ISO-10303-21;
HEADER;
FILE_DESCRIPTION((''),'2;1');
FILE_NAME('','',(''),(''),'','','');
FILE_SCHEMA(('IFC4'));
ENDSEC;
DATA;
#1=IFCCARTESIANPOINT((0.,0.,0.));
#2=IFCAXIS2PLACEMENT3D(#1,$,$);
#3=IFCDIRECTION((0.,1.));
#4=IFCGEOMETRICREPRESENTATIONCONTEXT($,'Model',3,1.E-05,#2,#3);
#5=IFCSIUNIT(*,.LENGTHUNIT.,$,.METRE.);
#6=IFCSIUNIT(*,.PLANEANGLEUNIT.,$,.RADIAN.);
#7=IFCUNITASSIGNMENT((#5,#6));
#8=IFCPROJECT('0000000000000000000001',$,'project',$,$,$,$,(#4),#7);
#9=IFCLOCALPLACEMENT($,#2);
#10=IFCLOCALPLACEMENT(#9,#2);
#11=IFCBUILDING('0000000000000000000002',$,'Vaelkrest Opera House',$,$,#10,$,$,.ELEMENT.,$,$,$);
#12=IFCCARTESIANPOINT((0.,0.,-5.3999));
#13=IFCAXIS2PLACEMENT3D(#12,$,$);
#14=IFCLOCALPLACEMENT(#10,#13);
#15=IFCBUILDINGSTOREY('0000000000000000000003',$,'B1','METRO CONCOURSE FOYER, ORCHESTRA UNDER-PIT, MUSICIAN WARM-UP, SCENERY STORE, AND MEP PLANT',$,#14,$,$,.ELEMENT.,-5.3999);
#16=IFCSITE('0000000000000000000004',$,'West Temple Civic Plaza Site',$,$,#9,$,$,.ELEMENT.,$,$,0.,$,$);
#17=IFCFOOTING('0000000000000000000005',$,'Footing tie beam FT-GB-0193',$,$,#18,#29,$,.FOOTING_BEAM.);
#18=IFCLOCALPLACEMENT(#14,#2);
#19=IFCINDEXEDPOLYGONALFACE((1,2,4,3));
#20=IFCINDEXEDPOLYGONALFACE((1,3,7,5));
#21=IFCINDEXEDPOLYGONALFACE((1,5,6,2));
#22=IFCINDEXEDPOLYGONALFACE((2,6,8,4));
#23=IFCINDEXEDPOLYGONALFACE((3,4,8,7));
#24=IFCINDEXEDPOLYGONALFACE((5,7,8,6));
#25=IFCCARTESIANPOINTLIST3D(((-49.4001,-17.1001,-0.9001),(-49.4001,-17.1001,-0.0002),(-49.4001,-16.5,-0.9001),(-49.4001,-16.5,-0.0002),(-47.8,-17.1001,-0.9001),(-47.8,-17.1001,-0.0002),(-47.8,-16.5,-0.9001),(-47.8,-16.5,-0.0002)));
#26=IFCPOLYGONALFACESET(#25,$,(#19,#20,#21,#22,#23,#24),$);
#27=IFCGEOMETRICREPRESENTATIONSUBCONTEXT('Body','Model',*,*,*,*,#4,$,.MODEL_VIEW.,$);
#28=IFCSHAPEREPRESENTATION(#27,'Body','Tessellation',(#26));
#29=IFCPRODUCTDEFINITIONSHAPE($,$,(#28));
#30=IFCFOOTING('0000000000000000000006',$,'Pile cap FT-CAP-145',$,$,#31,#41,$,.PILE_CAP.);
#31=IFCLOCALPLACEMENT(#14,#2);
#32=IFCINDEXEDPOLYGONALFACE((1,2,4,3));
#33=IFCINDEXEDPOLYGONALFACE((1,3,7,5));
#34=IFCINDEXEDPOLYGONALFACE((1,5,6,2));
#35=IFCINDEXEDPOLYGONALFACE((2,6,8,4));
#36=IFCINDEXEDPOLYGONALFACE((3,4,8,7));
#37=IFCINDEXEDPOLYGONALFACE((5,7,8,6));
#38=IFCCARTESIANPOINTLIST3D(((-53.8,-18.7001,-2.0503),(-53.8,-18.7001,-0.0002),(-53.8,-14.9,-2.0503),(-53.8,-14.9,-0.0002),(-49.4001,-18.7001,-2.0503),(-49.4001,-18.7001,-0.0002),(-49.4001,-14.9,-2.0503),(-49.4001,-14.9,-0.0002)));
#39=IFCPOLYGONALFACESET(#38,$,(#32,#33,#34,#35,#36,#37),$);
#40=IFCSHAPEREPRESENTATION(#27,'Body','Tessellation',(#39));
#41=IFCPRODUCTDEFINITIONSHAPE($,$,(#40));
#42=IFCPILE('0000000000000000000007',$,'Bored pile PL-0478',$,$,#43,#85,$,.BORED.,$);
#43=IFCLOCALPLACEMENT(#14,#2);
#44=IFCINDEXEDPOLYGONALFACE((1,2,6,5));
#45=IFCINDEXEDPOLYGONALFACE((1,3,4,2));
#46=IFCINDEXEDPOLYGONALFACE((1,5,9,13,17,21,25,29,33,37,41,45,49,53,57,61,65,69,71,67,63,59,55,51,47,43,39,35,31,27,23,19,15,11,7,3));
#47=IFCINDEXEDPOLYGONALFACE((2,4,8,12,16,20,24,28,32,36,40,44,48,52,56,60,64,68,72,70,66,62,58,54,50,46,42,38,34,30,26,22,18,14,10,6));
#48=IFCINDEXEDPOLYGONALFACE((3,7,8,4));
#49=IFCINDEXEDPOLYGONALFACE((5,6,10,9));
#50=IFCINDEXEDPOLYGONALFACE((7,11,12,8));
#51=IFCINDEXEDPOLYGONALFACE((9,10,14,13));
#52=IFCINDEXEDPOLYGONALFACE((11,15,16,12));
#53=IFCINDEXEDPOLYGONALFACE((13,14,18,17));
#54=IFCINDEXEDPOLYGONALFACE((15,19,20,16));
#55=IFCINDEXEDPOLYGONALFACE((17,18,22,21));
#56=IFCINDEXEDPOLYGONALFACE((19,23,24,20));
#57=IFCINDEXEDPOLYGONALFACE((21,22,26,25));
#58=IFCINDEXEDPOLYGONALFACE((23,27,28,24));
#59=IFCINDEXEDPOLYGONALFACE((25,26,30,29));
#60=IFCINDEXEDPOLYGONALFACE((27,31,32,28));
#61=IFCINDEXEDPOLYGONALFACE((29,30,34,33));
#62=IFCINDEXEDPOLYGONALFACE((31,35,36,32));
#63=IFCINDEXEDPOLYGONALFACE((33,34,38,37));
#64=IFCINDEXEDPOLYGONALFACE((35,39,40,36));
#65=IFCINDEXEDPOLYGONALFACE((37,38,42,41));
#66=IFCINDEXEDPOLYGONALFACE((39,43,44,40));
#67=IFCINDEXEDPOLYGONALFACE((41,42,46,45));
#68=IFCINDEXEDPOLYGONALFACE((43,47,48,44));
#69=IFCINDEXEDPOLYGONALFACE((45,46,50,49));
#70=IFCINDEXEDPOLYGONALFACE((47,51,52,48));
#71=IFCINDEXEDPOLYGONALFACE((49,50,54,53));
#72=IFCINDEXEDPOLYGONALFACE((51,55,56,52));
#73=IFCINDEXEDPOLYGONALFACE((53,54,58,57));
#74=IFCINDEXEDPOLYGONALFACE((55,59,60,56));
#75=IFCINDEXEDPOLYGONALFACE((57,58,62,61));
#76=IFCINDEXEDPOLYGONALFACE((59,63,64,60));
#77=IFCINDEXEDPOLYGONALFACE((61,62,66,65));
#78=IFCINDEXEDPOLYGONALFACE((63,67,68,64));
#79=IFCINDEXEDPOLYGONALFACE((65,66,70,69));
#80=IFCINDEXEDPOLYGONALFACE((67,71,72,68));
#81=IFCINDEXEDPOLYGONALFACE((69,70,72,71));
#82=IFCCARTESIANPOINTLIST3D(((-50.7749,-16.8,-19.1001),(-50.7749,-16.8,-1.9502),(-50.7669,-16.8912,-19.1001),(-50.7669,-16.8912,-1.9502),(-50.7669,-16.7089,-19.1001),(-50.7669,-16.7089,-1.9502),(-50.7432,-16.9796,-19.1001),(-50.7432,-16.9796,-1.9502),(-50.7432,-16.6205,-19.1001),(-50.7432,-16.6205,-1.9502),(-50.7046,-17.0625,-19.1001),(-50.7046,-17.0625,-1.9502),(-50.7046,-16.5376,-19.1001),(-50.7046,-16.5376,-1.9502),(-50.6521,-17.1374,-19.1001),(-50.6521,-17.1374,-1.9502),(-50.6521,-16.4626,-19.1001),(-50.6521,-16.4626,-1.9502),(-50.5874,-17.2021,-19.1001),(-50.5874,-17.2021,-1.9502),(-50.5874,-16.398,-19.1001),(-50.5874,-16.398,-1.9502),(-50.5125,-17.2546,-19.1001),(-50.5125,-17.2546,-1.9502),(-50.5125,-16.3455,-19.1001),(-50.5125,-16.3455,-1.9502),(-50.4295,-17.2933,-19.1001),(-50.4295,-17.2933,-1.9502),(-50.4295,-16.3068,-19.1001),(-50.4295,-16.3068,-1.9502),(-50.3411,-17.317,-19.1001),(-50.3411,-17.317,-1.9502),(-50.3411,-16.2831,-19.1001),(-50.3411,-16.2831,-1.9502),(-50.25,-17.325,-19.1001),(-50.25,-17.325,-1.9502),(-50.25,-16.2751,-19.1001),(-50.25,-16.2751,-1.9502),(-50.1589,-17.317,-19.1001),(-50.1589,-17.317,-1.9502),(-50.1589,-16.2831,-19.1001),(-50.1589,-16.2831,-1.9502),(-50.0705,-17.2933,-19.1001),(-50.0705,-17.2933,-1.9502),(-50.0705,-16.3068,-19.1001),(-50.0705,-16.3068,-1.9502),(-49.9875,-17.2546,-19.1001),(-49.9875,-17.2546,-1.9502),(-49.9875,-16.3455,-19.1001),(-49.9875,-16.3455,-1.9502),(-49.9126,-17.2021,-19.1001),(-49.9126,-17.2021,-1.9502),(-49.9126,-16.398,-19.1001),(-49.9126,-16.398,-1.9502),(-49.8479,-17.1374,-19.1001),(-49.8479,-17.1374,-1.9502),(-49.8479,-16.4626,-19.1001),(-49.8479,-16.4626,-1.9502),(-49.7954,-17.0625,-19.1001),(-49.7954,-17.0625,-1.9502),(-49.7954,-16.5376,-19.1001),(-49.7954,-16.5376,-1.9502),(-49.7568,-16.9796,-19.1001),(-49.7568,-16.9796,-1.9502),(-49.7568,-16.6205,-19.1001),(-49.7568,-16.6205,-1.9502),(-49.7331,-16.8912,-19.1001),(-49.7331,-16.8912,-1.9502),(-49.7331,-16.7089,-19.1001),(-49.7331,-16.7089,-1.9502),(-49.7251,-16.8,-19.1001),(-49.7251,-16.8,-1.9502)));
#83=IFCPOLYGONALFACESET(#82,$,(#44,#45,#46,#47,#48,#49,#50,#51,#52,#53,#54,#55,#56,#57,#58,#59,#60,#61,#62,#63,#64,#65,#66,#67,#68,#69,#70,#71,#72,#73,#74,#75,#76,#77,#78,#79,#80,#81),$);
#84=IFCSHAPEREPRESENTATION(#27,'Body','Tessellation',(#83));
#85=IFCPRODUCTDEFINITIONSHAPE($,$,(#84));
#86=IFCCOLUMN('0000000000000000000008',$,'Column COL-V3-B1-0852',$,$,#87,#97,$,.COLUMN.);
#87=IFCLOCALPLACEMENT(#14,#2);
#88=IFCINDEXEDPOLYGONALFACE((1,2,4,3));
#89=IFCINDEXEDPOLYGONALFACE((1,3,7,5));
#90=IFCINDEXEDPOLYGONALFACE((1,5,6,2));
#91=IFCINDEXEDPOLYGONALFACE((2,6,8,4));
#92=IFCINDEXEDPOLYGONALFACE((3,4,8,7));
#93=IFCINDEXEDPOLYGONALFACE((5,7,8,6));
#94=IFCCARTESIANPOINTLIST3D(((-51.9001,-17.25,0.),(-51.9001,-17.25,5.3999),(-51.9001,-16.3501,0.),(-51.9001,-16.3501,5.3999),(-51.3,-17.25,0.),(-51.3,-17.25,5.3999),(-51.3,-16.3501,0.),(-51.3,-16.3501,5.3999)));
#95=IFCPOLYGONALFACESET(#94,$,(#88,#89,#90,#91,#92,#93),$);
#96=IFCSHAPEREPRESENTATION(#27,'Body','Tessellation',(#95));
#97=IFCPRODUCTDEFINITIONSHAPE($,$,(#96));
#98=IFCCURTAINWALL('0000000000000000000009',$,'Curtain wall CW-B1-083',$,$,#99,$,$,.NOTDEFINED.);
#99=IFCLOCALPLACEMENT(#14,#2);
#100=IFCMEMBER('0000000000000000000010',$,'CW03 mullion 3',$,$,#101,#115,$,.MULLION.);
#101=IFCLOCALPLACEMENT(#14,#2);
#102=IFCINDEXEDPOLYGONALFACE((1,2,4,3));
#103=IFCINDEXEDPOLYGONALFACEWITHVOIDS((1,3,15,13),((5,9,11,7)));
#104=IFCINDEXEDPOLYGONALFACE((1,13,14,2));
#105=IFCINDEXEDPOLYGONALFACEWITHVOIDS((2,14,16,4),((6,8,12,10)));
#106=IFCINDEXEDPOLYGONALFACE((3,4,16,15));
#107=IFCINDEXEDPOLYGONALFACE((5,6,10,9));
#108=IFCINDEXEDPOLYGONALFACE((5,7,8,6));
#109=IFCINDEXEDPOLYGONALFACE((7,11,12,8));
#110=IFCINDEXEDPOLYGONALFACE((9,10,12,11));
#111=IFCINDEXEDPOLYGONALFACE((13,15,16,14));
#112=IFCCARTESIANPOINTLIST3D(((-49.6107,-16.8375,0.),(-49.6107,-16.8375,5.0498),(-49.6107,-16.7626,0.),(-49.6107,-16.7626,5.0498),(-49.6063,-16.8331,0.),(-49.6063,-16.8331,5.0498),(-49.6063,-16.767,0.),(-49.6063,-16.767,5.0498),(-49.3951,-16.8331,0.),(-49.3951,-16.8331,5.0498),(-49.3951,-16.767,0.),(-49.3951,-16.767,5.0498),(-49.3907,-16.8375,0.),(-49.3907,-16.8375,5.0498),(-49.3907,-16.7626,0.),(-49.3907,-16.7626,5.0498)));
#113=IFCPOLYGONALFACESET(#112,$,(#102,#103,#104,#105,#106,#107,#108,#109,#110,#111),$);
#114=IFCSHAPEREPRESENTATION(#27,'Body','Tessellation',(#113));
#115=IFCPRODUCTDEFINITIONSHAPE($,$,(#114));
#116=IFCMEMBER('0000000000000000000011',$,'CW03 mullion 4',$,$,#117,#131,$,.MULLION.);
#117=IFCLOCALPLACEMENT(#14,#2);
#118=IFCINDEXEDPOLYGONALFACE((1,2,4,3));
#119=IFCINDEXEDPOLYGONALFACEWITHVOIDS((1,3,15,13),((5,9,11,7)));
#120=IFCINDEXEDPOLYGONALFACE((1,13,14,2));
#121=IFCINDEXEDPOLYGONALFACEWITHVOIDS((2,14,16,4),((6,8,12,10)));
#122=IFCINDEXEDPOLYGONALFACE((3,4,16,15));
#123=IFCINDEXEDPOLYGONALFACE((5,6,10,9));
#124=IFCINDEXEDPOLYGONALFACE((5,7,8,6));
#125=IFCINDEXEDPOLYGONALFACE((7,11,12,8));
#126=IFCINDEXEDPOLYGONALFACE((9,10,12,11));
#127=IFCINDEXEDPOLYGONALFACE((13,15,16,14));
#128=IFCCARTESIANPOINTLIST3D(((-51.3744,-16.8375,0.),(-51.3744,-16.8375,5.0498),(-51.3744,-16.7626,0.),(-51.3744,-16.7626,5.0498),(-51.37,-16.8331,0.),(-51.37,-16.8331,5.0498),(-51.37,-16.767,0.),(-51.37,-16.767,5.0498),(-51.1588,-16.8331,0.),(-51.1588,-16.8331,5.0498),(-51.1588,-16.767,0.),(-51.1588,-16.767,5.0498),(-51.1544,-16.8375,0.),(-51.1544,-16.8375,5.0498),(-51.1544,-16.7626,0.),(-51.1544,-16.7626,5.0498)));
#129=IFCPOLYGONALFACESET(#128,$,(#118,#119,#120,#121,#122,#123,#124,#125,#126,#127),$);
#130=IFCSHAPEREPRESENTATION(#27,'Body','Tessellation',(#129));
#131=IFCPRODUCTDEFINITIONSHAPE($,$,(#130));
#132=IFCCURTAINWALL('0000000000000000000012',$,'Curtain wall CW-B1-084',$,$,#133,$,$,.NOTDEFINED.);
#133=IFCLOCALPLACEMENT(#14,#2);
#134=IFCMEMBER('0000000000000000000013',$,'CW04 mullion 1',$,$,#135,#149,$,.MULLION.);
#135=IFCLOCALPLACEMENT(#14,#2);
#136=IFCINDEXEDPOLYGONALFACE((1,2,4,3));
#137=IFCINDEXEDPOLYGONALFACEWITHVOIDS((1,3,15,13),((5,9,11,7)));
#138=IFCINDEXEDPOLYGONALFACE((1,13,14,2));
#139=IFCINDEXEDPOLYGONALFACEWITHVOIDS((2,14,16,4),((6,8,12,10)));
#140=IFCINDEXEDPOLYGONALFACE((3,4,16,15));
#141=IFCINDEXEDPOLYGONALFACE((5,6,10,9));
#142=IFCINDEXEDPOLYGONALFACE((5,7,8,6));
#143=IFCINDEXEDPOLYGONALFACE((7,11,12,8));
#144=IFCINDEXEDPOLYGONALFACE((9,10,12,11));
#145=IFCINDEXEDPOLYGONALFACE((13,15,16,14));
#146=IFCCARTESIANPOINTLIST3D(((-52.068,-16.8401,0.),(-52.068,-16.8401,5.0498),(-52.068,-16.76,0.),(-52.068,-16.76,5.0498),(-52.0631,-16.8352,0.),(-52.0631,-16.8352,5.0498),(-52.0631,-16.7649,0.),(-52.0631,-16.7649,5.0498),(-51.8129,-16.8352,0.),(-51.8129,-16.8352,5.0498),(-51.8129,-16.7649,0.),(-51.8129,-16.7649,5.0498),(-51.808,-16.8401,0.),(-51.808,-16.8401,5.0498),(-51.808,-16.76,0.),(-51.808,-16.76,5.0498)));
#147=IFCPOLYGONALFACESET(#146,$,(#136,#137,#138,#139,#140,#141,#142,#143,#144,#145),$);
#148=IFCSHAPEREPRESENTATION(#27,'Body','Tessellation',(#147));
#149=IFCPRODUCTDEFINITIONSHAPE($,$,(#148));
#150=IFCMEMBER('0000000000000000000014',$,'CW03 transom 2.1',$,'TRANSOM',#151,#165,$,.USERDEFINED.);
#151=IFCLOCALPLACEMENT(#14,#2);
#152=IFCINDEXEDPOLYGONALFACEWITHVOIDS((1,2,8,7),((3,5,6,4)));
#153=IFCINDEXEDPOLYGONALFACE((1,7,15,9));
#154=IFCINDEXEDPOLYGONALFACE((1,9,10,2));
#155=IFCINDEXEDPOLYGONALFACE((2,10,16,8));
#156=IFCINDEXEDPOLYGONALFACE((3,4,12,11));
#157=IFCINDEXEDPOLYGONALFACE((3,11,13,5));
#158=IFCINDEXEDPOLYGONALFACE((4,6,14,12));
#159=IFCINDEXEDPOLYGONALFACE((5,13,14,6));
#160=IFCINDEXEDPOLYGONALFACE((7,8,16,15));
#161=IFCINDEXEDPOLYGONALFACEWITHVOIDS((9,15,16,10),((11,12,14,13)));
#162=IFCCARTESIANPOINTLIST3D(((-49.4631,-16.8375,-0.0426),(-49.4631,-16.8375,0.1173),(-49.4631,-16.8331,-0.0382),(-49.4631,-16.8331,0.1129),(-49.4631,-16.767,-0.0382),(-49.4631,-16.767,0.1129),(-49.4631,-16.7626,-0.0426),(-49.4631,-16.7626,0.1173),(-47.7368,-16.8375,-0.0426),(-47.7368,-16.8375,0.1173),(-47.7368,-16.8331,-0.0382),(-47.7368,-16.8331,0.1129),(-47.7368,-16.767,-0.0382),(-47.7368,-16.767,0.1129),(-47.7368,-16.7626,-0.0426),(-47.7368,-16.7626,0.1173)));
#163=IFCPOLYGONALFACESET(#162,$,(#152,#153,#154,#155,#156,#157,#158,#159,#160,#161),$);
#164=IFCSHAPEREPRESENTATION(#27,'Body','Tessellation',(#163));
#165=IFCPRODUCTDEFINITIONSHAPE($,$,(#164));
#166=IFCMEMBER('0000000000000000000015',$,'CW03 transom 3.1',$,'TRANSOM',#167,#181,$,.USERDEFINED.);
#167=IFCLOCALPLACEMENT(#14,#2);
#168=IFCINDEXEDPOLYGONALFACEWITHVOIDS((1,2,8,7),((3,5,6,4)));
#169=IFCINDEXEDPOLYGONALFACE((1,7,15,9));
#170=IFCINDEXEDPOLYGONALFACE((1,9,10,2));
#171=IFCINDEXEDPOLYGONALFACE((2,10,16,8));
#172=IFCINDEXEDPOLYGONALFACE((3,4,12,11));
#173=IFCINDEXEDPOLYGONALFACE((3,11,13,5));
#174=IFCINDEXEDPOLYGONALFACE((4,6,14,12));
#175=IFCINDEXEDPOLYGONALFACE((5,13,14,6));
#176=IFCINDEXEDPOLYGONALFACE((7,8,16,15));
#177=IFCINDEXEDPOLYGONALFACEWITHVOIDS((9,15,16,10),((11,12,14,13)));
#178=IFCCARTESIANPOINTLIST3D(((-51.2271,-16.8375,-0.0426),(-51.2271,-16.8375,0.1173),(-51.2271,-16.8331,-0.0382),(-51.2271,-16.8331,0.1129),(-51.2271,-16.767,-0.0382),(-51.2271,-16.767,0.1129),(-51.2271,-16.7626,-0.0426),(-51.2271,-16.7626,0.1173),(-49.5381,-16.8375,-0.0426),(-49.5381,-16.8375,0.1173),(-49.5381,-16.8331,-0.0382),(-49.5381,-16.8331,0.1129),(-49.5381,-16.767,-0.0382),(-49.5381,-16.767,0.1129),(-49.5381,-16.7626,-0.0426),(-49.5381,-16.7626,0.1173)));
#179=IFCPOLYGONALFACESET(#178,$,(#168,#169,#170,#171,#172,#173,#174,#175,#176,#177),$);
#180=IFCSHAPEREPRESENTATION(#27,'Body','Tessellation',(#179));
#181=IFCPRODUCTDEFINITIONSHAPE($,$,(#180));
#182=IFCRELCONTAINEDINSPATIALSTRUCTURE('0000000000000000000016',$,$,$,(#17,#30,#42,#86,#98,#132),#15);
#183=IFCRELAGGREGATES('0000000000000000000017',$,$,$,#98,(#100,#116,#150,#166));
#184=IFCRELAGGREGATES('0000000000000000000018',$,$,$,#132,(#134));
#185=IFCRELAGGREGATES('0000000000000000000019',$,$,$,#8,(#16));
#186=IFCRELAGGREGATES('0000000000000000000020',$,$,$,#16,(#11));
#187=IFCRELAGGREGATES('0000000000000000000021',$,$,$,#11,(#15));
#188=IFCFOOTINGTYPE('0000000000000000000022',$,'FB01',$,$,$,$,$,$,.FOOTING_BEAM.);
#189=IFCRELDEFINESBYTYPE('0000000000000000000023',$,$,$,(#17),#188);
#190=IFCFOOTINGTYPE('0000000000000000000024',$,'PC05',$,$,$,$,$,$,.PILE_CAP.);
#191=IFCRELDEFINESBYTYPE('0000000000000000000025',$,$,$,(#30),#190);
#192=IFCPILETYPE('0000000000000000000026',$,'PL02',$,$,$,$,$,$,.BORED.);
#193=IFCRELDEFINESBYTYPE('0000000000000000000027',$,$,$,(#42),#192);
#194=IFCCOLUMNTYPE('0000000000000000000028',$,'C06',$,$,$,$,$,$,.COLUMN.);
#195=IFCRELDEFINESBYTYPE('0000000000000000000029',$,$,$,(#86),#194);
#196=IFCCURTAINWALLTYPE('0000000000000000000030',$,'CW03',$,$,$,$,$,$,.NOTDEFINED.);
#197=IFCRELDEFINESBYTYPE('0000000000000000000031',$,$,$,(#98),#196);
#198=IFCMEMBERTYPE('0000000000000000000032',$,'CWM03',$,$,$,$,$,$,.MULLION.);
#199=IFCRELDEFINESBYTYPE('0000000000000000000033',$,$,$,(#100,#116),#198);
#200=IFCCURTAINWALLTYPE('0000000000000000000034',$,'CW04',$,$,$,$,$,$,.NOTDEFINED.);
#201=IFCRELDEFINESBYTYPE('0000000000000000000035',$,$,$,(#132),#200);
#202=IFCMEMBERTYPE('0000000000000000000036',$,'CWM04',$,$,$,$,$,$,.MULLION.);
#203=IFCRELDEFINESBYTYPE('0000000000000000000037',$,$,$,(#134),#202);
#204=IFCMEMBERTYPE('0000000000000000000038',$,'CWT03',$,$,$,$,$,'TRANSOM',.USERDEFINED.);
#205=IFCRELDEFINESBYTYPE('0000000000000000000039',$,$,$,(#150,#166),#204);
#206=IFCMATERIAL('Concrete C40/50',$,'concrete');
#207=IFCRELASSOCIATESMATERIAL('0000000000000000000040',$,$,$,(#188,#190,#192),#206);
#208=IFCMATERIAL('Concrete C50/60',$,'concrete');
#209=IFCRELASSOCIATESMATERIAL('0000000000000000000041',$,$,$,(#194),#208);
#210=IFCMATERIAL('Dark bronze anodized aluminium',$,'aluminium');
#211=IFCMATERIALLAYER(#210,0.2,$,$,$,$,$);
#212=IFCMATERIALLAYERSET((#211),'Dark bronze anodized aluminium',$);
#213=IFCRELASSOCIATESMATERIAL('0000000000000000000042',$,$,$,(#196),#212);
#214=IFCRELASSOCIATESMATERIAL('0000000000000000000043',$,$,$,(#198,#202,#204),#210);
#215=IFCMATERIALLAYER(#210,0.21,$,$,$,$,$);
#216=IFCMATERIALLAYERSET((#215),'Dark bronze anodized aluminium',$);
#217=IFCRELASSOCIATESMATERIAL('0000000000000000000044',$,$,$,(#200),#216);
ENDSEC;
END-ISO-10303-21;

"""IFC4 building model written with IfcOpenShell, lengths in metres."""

from ifc_helpers import new_model, si_unit, direction, frame, origin, origin_2d, place, context, subcontext, project, spatial, rectangle, hollow_rectangle, circle, extrude, material, layer, layer_set, material_profile, profile_set, type_object, element, aggregate, save


model = new_model("IFC4")

# Units and contexts
model_context = context("Model", 3, precision=1e-05, world=origin(), true_north=direction((0.0, 1.0)))
body_context = subcontext(model_context, "Body", "Model", "MODEL_VIEW")
ifc_project = project(units=[si_unit("LENGTHUNIT", "METRE"), si_unit("PLANEANGLEUNIT", "RADIAN")], contexts=[model_context])

# Site, building, storey
site_placement = place(None, origin())
site = spatial("IfcSite", under=ifc_project, at=site_placement, Name="West Temple Civic Plaza Site", CompositionType="ELEMENT", RefElevation=0.0)
building_placement = place(site_placement, origin())
building = spatial("IfcBuilding", under=site, at=building_placement, Name="Vaelkrest Opera House", CompositionType="ELEMENT")
storey_placement = place(building_placement, frame((0.0, 0.0, -5.3999)))
storey = spatial("IfcBuildingStorey", under=building, at=storey_placement, Name="B1", Description="METRO CONCOURSE FOYER, ORCHESTRA UNDER-PIT, MUSICIAN WARM-UP, SCENERY STORE, AND MEP PLANT", CompositionType="ELEMENT", Elevation=-5.3999)

# Footings
ifc_material_1 = material(Name="Concrete C40/50", Category="concrete")
footing_type_1 = type_object("IfcFootingType", Name="FB01", PredefinedType="FOOTING_BEAM", material=ifc_material_1)
footing_1_placement = place(storey_placement, frame((-48.6001, -16.8, -0.9001), z_axis=(0.0, 0.0, 1.0), x_axis=(1.0, 0.0, 0.0)))
element("IfcFooting", 1, at=footing_1_placement, inside=storey, type_object=footing_type_1, Name="Footing tie beam FT-GB-0193", PredefinedType="FOOTING_BEAM", context=body_context, shape_type="SweptSolid", body=[
    extrude(rectangle(XDim=1.6001, YDim=0.6001, at=origin_2d()), origin(), (0.0, 0.0, 1.0), 0.8999),
])
footing_type_2 = type_object("IfcFootingType", Name="PC05", PredefinedType="PILE_CAP", material=ifc_material_1)
footing_2_placement = place(storey_placement, frame((-51.6001, -16.8, -2.0503), z_axis=(0.0, 0.0, 1.0), x_axis=(1.0, 0.0, 0.0)))
element("IfcFooting", 2, at=footing_2_placement, inside=storey, type_object=footing_type_2, Name="Pile cap FT-CAP-145", PredefinedType="PILE_CAP", context=body_context, shape_type="SweptSolid", body=[
    extrude(rectangle(XDim=4.3999, YDim=3.8, at=origin_2d()), origin(), (0.0, 0.0, 1.0), 2.05),
])

# Pile
ifc_material_profile_1 = material_profile(ifc_material_1, circle(Radius=0.5249, at=origin_2d()), Name="PILE1050")
ifc_profile_set_1 = profile_set([ifc_material_profile_1], Name="Concrete C40/50")
pile_type = type_object("IfcPileType", Name="PL02", PredefinedType="BORED", material=ifc_profile_set_1)
pile_placement = place(storey_placement, frame((-50.25, -16.8, -1.9502), z_axis=(0.0, 0.0, -1.0), x_axis=(1.0, 0.0, 0.0)))
element("IfcPile", 3, at=pile_placement, inside=storey, type_object=pile_type, Name="Bored pile PL-0478", PredefinedType="BORED", context=body_context, shape_type="SweptSolid", body=[
    extrude(circle(Radius=0.5249, at=origin_2d()), origin(), (0.0, 0.0, 1.0), 17.1499),
])

# Column
ifc_material_2 = material(Name="Concrete C50/60", Category="concrete")
ifc_material_profile_2 = material_profile(ifc_material_2, rectangle(XDim=0.6001, YDim=0.8999, at=origin_2d()), Name="RC600X900")
ifc_profile_set_2 = profile_set([ifc_material_profile_2], Name="Concrete C50/60")
column_type = type_object("IfcColumnType", Name="C06", PredefinedType="COLUMN", material=ifc_profile_set_2)
column_placement = place(storey_placement, frame((-51.6001, -16.8, 0.0), z_axis=(0.0, 0.0, 1.0), x_axis=(1.0, 0.0, 0.0)))
element("IfcColumn", 4, at=column_placement, inside=storey, type_object=column_type, Name="Column COL-V3-B1-0852", PredefinedType="COLUMN", context=body_context, shape_type="SweptSolid", body=[
    extrude(rectangle(XDim=0.6001, YDim=0.8999, at=origin_2d()), origin(), (0.0, 0.0, 1.0), 5.3999),
])

# Curtain wall, members
ifc_material_3 = material(Name="Dark bronze anodized aluminium", Category="aluminium")
ifc_layer_1 = layer(ifc_material_3, 0.2)
ifc_layer_set_1 = layer_set([ifc_layer_1], Name="Dark bronze anodized aluminium")
curtain_wall_type_1 = type_object("IfcCurtainWallType", Name="CW03", PredefinedType="NOTDEFINED", material=ifc_layer_set_1)
curtain_wall_1_placement = place(storey_placement, origin())
curtain_wall_1 = element("IfcCurtainWall", 5, at=curtain_wall_1_placement, inside=storey, type_object=curtain_wall_type_1, Name="Curtain wall CW-B1-083", PredefinedType="NOTDEFINED")
ifc_material_profile_3 = material_profile(ifc_material_3, hollow_rectangle(XDim=0.075, YDim=0.22, WallThickness=0.0044, at=origin_2d()), Name="CWM75X220")
ifc_profile_set_3 = profile_set([ifc_material_profile_3], Name="Dark bronze anodized aluminium")
member_type_1 = type_object("IfcMemberType", Name="CWM03", PredefinedType="MULLION", material=ifc_profile_set_3)
member_1_placement = place(storey_placement, frame((-49.5007, -16.8, 0.0), z_axis=(0.0, 0.0, 1.0), x_axis=(0.0, -1.0, 0.0)))
member_1 = element("IfcMember", 6, at=member_1_placement, type_object=member_type_1, Name="CW03 mullion 3", PredefinedType="MULLION", context=body_context, shape_type="SweptSolid", body=[
    extrude(hollow_rectangle(XDim=0.075, YDim=0.22, WallThickness=0.0044, at=origin_2d()), origin(), (0.0, 0.0, 1.0), 5.0498),
])
member_2_placement = place(storey_placement, frame((-51.2644, -16.8, 0.0), z_axis=(0.0, 0.0, 1.0), x_axis=(0.0, -1.0, 0.0)))
member_2 = element("IfcMember", 7, at=member_2_placement, type_object=member_type_1, Name="CW03 mullion 4", PredefinedType="MULLION", context=body_context, shape_type="SweptSolid", body=[
    extrude(hollow_rectangle(XDim=0.075, YDim=0.22, WallThickness=0.0044, at=origin_2d()), origin(), (0.0, 0.0, 1.0), 5.0498),
])

# Curtain wall, member
ifc_layer_2 = layer(ifc_material_3, 0.21)
ifc_layer_set_2 = layer_set([ifc_layer_2], Name="Dark bronze anodized aluminium")
curtain_wall_type_2 = type_object("IfcCurtainWallType", Name="CW04", PredefinedType="NOTDEFINED", material=ifc_layer_set_2)
curtain_wall_2_placement = place(storey_placement, origin())
curtain_wall_2 = element("IfcCurtainWall", 8, at=curtain_wall_2_placement, inside=storey, type_object=curtain_wall_type_2, Name="Curtain wall CW-B1-084", PredefinedType="NOTDEFINED")
ifc_material_profile_4 = material_profile(ifc_material_3, hollow_rectangle(XDim=0.0801, YDim=0.26, WallThickness=0.0049, at=origin_2d()), Name="CWM80X260")
ifc_profile_set_4 = profile_set([ifc_material_profile_4], Name="Dark bronze anodized aluminium")
member_type_2 = type_object("IfcMemberType", Name="CWM04", PredefinedType="MULLION", material=ifc_profile_set_4)
member_3_placement = place(storey_placement, frame((-51.938, -16.8, 0.0), z_axis=(0.0, 0.0, 1.0), x_axis=(0.0, -1.0, 0.0)))
member_3 = element("IfcMember", 9, at=member_3_placement, type_object=member_type_2, Name="CW04 mullion 1", PredefinedType="MULLION", context=body_context, shape_type="SweptSolid", body=[
    extrude(hollow_rectangle(XDim=0.0801, YDim=0.26, WallThickness=0.0049, at=origin_2d()), origin(), (0.0, 0.0, 1.0), 5.0498),
])

# Members
ifc_material_profile_5 = material_profile(ifc_material_3, hollow_rectangle(XDim=0.075, YDim=0.1599, WallThickness=0.0044, at=origin_2d()), Name="CWT75X160")
ifc_profile_set_5 = profile_set([ifc_material_profile_5], Name="Dark bronze anodized aluminium")
member_type_3 = type_object("IfcMemberType", Name="CWT03", ElementType="TRANSOM", PredefinedType="USERDEFINED", material=ifc_profile_set_5)
member_4_placement = place(storey_placement, frame((-47.7368, -16.8, 0.0374), z_axis=(-1.0, 0.0, 0.0), x_axis=(0.0, -1.0, 0.0)))
member_4 = element("IfcMember", 10, at=member_4_placement, type_object=member_type_3, Name="CW03 transom 2.1", ObjectType="TRANSOM", PredefinedType="USERDEFINED", context=body_context, shape_type="SweptSolid", body=[
    extrude(hollow_rectangle(XDim=0.075, YDim=0.1599, WallThickness=0.0044, at=origin_2d()), origin(), (0.0, 0.0, 1.0), 1.7263),
])
member_5_placement = place(storey_placement, frame((-49.5381, -16.8, 0.0374), z_axis=(-1.0, 0.0, 0.0), x_axis=(0.0, -1.0, 0.0)))
member_5 = element("IfcMember", 11, at=member_5_placement, type_object=member_type_3, Name="CW03 transom 3.1", ObjectType="TRANSOM", PredefinedType="USERDEFINED", context=body_context, shape_type="SweptSolid", body=[
    extrude(hollow_rectangle(XDim=0.075, YDim=0.1599, WallThickness=0.0044, at=origin_2d()), origin(), (0.0, 0.0, 1.0), 1.689),
])

aggregate(curtain_wall_1, [member_1, member_2, member_4, member_5])
aggregate(curtain_wall_2, [member_3])

save(model, "model.ifc")
